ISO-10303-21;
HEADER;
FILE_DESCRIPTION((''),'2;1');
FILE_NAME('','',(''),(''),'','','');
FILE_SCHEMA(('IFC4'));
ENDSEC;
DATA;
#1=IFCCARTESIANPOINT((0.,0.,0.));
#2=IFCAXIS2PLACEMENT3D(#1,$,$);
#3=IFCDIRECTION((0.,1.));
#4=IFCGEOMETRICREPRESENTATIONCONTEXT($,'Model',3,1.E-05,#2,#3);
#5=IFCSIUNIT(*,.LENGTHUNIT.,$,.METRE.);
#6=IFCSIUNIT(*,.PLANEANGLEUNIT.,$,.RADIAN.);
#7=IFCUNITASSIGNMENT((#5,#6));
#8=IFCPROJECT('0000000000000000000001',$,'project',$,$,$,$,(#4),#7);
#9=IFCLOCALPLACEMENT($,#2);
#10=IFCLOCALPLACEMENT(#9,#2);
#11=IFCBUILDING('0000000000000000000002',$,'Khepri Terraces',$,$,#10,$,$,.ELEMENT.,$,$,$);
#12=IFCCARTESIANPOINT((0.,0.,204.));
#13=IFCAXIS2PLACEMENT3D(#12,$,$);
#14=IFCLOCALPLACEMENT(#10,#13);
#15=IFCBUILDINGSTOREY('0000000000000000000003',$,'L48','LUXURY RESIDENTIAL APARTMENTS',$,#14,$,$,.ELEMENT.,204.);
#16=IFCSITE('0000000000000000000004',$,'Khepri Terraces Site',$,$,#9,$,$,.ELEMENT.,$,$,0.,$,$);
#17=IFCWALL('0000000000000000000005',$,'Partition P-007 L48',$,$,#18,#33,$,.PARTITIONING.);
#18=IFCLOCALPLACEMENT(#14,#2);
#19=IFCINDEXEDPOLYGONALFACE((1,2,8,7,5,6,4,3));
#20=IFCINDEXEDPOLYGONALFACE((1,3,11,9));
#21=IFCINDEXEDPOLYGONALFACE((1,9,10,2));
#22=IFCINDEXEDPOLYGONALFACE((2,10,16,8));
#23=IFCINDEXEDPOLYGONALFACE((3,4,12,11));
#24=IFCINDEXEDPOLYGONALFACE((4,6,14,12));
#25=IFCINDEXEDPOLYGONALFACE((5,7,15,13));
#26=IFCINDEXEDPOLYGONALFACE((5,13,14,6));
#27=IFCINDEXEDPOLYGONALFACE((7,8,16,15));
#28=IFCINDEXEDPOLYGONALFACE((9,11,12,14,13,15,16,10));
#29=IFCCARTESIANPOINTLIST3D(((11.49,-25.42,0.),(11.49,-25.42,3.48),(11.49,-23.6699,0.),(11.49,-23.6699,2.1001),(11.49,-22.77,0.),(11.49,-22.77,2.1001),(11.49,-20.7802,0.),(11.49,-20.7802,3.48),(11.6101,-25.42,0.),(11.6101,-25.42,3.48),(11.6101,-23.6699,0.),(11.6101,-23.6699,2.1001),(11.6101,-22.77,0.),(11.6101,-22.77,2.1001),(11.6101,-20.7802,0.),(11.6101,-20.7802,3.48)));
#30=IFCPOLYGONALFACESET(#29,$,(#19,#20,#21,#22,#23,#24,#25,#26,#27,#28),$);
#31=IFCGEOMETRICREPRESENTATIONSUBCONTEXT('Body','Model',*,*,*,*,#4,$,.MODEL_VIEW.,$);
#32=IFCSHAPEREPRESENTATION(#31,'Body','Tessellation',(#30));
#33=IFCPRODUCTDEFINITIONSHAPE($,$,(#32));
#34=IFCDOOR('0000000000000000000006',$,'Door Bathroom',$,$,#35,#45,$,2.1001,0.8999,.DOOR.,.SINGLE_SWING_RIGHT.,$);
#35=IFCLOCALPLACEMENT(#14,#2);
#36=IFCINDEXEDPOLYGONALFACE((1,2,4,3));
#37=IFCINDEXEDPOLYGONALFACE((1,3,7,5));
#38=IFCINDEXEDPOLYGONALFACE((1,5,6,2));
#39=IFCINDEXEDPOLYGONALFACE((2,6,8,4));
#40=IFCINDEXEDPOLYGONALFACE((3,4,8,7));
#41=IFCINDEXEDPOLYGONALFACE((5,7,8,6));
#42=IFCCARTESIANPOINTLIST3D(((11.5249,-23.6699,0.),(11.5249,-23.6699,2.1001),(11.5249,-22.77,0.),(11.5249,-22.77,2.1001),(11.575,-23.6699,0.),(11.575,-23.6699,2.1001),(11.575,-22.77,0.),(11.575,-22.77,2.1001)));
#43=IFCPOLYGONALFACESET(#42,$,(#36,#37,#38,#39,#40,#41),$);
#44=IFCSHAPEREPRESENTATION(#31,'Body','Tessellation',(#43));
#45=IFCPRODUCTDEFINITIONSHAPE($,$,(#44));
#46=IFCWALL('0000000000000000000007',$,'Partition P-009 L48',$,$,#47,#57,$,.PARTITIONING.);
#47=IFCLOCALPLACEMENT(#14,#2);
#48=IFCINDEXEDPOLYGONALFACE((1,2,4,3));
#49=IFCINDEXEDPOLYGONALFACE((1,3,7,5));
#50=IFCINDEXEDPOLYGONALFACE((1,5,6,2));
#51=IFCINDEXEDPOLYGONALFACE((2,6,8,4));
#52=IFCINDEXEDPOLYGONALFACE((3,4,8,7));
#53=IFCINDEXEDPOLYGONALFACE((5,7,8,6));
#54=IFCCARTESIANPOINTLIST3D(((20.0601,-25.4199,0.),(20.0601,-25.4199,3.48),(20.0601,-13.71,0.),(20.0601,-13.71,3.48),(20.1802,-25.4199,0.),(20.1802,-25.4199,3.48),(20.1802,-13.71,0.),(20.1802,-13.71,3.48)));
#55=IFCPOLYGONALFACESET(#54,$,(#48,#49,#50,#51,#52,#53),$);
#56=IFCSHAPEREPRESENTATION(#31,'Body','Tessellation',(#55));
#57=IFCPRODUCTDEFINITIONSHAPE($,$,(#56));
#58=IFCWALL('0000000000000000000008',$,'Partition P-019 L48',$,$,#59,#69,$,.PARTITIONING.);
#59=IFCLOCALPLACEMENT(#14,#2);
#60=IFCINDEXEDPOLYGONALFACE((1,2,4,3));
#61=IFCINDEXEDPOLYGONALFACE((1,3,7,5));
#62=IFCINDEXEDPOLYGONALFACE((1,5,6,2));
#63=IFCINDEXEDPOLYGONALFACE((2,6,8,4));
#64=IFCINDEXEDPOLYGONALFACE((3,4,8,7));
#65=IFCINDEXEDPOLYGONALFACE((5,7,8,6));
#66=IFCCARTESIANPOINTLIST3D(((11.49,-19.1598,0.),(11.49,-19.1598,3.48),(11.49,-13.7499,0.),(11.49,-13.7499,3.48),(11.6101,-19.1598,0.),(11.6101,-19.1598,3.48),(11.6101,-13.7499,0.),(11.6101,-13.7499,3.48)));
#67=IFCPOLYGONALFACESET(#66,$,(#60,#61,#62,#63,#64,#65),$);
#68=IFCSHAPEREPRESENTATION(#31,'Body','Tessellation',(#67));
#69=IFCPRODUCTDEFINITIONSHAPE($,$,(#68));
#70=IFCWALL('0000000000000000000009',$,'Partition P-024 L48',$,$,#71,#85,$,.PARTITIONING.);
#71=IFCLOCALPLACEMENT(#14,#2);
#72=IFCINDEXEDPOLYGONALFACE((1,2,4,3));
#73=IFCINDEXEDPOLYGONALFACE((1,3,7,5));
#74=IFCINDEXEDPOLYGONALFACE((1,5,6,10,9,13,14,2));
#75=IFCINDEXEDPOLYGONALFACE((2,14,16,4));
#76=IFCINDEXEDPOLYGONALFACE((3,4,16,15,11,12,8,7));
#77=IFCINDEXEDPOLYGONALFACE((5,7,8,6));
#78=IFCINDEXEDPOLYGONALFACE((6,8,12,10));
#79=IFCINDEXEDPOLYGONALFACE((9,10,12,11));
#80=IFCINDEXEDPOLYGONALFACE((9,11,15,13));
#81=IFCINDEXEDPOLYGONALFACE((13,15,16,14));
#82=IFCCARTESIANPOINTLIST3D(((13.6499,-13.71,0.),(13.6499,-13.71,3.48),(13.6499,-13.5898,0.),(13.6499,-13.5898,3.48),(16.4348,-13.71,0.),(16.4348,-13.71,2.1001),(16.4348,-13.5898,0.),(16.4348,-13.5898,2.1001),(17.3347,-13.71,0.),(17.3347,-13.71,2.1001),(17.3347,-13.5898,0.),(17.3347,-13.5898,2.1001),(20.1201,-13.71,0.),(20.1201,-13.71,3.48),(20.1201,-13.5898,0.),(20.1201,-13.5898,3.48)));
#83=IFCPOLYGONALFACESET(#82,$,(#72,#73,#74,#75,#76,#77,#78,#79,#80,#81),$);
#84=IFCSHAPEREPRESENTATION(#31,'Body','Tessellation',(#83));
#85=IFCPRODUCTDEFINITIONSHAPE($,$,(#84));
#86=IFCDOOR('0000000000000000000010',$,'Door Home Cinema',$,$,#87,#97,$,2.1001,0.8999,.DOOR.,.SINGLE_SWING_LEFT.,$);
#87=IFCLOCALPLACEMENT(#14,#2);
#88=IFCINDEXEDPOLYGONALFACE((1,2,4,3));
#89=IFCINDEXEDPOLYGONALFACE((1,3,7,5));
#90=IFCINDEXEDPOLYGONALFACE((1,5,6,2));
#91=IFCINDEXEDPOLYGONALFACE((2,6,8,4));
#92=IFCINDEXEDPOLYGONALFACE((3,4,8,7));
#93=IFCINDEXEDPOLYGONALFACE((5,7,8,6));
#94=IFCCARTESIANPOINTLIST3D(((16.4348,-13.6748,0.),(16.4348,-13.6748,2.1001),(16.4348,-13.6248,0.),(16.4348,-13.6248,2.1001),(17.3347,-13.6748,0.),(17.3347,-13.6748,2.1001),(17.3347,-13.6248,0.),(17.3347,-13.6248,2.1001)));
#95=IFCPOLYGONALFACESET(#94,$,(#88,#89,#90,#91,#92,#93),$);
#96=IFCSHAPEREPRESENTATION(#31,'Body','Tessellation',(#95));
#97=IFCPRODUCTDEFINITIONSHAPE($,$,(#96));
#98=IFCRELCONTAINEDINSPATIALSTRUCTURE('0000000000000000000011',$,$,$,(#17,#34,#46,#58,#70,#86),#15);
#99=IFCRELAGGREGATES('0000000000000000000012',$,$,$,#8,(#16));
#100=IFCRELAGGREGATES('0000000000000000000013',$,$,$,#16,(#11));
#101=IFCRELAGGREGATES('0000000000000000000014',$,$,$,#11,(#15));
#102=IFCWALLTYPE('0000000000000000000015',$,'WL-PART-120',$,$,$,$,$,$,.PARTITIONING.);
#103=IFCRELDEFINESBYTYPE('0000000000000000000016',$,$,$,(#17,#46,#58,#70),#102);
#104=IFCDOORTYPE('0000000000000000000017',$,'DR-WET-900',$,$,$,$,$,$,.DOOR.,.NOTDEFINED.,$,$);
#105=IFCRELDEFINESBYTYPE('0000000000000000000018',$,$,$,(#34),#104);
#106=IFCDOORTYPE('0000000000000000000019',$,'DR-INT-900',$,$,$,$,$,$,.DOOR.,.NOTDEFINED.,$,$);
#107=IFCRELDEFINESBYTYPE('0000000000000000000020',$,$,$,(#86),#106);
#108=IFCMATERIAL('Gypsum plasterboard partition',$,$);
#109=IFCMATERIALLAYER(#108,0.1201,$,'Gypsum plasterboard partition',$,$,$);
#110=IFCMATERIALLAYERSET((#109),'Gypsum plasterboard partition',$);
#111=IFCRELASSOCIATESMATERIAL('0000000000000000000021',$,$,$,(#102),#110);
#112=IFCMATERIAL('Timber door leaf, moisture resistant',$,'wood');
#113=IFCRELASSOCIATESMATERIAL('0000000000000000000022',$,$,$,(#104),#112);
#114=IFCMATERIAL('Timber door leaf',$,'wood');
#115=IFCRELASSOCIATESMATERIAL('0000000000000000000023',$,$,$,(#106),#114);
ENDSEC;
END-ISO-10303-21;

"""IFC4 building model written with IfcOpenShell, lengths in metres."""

from ifc_helpers import new_model, si_unit, direction, frame, frame_2d, origin, place, context, subcontext, project, spatial, rectangle, extrude, material, layer, layer_set, type_object, element, fill, save


model = new_model("IFC4")

# Units and contexts
model_context = context("Model", 3, precision=1e-05, world=origin(), true_north=direction((0.0, 1.0)))
body_context = subcontext(model_context, "Body", "Model", "MODEL_VIEW")
ifc_project = project(units=[si_unit("LENGTHUNIT", "METRE"), si_unit("PLANEANGLEUNIT", "RADIAN")], contexts=[model_context])

# Site, building, storey
site_placement = place(None, origin())
site = spatial("IfcSite", under=ifc_project, at=site_placement, Name="Khepri Terraces Site", CompositionType="ELEMENT", RefElevation=0.0)
building_placement = place(site_placement, origin())
building = spatial("IfcBuilding", under=site, at=building_placement, Name="Khepri Terraces", CompositionType="ELEMENT")
storey_placement = place(building_placement, frame((0.0, 0.0, 204.0)))
storey = spatial("IfcBuildingStorey", under=building, at=storey_placement, Name="L48", Description="LUXURY RESIDENTIAL APARTMENTS", CompositionType="ELEMENT", Elevation=204.0)

# Wall, opening, door
ifc_material_1 = material(Name="Gypsum plasterboard partition")
ifc_layer_1 = layer(ifc_material_1, 0.1201, Name="Gypsum plasterboard partition")
ifc_layer_set_1 = layer_set([ifc_layer_1], Name="Gypsum plasterboard partition")
wall_type_1 = type_object("IfcWallType", Name="WL-PART-120", PredefinedType="PARTITIONING", material=ifc_layer_set_1)
wall_1_placement = place(storey_placement, frame((11.55, -25.4199, 0.0), z_axis=(0.0, 0.0, 1.0), x_axis=(0.0, 1.0, 0.0)))
wall_1 = element("IfcWall", 1, at=wall_1_placement, inside=storey, type_object=wall_type_1, Name="Partition P-007 L48", PredefinedType="PARTITIONING", context=body_context, shape_type="SweptSolid", body=[
    extrude(rectangle(XDim=4.6399, YDim=0.1201, at=frame_2d((2.3198, 0.0))), origin(), (0.0, 0.0, 1.0), 3.48),
])
opening_1_placement = place(wall_1_placement, frame((1.75, 0.0, 0.0)))
opening_1 = element("IfcOpeningElement", 2, at=opening_1_placement, cuts=wall_1, PredefinedType="OPENING", context=body_context, shape_type="SweptSolid", body=[
    extrude(rectangle(XDim=0.8999, YDim=2.1001, at=frame_2d((0.45, 1.05))), frame((0.0, 0.0701, 0.0), z_axis=(0.0, -1.0, 0.0), x_axis=(1.0, 0.0, 0.0)), (0.0, 0.0, 1.0), 0.1401),
])
ifc_material_2 = material(Name="Timber door leaf, moisture resistant", Category="wood")
door_type_1 = type_object("IfcDoorType", Name="DR-WET-900", OperationType="NOTDEFINED", PredefinedType="DOOR", material=ifc_material_2)
door_1_placement = place(opening_1_placement, frame((0.8999, 0.0, 0.0), z_axis=(0.0, 0.0, 1.0), x_axis=(-1.0, 0.0, 0.0)))
door_1 = element("IfcDoor", 3, at=door_1_placement, inside=storey, type_object=door_type_1, Name="Door Bathroom", OperationType="SINGLE_SWING_RIGHT", OverallHeight=2.1001, OverallWidth=0.8999, PredefinedType="DOOR", context=body_context, shape_type="SweptSolid", body=[
    extrude(rectangle(XDim=0.8999, YDim=2.1001, at=frame_2d((0.45, 1.05))), frame((0.0, 0.0249, 0.0), z_axis=(0.0, -1.0, 0.0), x_axis=(1.0, 0.0, 0.0)), (0.0, 0.0, 1.0), 0.05),
])
fill(opening_1, door_1)

# Walls
wall_2_placement = place(storey_placement, frame((20.1201, -25.4199, 0.0), z_axis=(0.0, 0.0, 1.0), x_axis=(0.0, 1.0, 0.0)))
element("IfcWall", 4, at=wall_2_placement, inside=storey, type_object=wall_type_1, Name="Partition P-009 L48", PredefinedType="PARTITIONING", context=body_context, shape_type="SweptSolid", body=[
    extrude(rectangle(XDim=11.71, YDim=0.1201, at=frame_2d((5.855, 0.0))), origin(), (0.0, 0.0, 1.0), 3.48),
])
wall_3_placement = place(storey_placement, frame((11.55, -19.1599, 0.0), z_axis=(0.0, 0.0, 1.0), x_axis=(0.0, 1.0, 0.0)))
element("IfcWall", 5, at=wall_3_placement, inside=storey, type_object=wall_type_1, Name="Partition P-019 L48", PredefinedType="PARTITIONING", context=body_context, shape_type="SweptSolid", body=[
    extrude(rectangle(XDim=5.4099, YDim=0.1201, at=frame_2d((2.7051, 0.0))), origin(), (0.0, 0.0, 1.0), 3.48),
])

# Wall, opening, door
wall_4_placement = place(storey_placement, frame((13.6499, -13.6499, 0.0), z_axis=(0.0, 0.0, 1.0), x_axis=(1.0, 0.0, 0.0)))
wall_4 = element("IfcWall", 6, at=wall_4_placement, inside=storey, type_object=wall_type_1, Name="Partition P-024 L48", PredefinedType="PARTITIONING", context=body_context, shape_type="SweptSolid", body=[
    extrude(rectangle(XDim=6.4702, YDim=0.1201, at=frame_2d((3.2351, 0.0))), origin(), (0.0, 0.0, 1.0), 3.48),
])
opening_2_placement = place(wall_4_placement, frame((2.7849, 0.0, 0.0)))
opening_2 = element("IfcOpeningElement", 7, at=opening_2_placement, cuts=wall_4, PredefinedType="OPENING", context=body_context, shape_type="SweptSolid", body=[
    extrude(rectangle(XDim=0.8999, YDim=2.1001, at=frame_2d((0.45, 1.05))), frame((0.0, 0.0701, 0.0), z_axis=(0.0, -1.0, 0.0), x_axis=(1.0, 0.0, 0.0)), (0.0, 0.0, 1.0), 0.1401),
])
ifc_material_3 = material(Name="Timber door leaf", Category="wood")
door_type_2 = type_object("IfcDoorType", Name="DR-INT-900", OperationType="NOTDEFINED", PredefinedType="DOOR", material=ifc_material_3)
door_2_placement = place(opening_2_placement, frame((0.8999, 0.0, 0.0), z_axis=(0.0, 0.0, 1.0), x_axis=(-1.0, 0.0, 0.0)))
door_2 = element("IfcDoor", 8, at=door_2_placement, inside=storey, type_object=door_type_2, Name="Door Home Cinema", OperationType="SINGLE_SWING_LEFT", OverallHeight=2.1001, OverallWidth=0.8999, PredefinedType="DOOR", context=body_context, shape_type="SweptSolid", body=[
    extrude(rectangle(XDim=0.8999, YDim=2.1001, at=frame_2d((0.45, 1.05))), frame((0.0, 0.0249, 0.0), z_axis=(0.0, -1.0, 0.0), x_axis=(1.0, 0.0, 0.0)), (0.0, 0.0, 1.0), 0.05),
])
fill(opening_2, door_2)

save(model, "model.ifc")
